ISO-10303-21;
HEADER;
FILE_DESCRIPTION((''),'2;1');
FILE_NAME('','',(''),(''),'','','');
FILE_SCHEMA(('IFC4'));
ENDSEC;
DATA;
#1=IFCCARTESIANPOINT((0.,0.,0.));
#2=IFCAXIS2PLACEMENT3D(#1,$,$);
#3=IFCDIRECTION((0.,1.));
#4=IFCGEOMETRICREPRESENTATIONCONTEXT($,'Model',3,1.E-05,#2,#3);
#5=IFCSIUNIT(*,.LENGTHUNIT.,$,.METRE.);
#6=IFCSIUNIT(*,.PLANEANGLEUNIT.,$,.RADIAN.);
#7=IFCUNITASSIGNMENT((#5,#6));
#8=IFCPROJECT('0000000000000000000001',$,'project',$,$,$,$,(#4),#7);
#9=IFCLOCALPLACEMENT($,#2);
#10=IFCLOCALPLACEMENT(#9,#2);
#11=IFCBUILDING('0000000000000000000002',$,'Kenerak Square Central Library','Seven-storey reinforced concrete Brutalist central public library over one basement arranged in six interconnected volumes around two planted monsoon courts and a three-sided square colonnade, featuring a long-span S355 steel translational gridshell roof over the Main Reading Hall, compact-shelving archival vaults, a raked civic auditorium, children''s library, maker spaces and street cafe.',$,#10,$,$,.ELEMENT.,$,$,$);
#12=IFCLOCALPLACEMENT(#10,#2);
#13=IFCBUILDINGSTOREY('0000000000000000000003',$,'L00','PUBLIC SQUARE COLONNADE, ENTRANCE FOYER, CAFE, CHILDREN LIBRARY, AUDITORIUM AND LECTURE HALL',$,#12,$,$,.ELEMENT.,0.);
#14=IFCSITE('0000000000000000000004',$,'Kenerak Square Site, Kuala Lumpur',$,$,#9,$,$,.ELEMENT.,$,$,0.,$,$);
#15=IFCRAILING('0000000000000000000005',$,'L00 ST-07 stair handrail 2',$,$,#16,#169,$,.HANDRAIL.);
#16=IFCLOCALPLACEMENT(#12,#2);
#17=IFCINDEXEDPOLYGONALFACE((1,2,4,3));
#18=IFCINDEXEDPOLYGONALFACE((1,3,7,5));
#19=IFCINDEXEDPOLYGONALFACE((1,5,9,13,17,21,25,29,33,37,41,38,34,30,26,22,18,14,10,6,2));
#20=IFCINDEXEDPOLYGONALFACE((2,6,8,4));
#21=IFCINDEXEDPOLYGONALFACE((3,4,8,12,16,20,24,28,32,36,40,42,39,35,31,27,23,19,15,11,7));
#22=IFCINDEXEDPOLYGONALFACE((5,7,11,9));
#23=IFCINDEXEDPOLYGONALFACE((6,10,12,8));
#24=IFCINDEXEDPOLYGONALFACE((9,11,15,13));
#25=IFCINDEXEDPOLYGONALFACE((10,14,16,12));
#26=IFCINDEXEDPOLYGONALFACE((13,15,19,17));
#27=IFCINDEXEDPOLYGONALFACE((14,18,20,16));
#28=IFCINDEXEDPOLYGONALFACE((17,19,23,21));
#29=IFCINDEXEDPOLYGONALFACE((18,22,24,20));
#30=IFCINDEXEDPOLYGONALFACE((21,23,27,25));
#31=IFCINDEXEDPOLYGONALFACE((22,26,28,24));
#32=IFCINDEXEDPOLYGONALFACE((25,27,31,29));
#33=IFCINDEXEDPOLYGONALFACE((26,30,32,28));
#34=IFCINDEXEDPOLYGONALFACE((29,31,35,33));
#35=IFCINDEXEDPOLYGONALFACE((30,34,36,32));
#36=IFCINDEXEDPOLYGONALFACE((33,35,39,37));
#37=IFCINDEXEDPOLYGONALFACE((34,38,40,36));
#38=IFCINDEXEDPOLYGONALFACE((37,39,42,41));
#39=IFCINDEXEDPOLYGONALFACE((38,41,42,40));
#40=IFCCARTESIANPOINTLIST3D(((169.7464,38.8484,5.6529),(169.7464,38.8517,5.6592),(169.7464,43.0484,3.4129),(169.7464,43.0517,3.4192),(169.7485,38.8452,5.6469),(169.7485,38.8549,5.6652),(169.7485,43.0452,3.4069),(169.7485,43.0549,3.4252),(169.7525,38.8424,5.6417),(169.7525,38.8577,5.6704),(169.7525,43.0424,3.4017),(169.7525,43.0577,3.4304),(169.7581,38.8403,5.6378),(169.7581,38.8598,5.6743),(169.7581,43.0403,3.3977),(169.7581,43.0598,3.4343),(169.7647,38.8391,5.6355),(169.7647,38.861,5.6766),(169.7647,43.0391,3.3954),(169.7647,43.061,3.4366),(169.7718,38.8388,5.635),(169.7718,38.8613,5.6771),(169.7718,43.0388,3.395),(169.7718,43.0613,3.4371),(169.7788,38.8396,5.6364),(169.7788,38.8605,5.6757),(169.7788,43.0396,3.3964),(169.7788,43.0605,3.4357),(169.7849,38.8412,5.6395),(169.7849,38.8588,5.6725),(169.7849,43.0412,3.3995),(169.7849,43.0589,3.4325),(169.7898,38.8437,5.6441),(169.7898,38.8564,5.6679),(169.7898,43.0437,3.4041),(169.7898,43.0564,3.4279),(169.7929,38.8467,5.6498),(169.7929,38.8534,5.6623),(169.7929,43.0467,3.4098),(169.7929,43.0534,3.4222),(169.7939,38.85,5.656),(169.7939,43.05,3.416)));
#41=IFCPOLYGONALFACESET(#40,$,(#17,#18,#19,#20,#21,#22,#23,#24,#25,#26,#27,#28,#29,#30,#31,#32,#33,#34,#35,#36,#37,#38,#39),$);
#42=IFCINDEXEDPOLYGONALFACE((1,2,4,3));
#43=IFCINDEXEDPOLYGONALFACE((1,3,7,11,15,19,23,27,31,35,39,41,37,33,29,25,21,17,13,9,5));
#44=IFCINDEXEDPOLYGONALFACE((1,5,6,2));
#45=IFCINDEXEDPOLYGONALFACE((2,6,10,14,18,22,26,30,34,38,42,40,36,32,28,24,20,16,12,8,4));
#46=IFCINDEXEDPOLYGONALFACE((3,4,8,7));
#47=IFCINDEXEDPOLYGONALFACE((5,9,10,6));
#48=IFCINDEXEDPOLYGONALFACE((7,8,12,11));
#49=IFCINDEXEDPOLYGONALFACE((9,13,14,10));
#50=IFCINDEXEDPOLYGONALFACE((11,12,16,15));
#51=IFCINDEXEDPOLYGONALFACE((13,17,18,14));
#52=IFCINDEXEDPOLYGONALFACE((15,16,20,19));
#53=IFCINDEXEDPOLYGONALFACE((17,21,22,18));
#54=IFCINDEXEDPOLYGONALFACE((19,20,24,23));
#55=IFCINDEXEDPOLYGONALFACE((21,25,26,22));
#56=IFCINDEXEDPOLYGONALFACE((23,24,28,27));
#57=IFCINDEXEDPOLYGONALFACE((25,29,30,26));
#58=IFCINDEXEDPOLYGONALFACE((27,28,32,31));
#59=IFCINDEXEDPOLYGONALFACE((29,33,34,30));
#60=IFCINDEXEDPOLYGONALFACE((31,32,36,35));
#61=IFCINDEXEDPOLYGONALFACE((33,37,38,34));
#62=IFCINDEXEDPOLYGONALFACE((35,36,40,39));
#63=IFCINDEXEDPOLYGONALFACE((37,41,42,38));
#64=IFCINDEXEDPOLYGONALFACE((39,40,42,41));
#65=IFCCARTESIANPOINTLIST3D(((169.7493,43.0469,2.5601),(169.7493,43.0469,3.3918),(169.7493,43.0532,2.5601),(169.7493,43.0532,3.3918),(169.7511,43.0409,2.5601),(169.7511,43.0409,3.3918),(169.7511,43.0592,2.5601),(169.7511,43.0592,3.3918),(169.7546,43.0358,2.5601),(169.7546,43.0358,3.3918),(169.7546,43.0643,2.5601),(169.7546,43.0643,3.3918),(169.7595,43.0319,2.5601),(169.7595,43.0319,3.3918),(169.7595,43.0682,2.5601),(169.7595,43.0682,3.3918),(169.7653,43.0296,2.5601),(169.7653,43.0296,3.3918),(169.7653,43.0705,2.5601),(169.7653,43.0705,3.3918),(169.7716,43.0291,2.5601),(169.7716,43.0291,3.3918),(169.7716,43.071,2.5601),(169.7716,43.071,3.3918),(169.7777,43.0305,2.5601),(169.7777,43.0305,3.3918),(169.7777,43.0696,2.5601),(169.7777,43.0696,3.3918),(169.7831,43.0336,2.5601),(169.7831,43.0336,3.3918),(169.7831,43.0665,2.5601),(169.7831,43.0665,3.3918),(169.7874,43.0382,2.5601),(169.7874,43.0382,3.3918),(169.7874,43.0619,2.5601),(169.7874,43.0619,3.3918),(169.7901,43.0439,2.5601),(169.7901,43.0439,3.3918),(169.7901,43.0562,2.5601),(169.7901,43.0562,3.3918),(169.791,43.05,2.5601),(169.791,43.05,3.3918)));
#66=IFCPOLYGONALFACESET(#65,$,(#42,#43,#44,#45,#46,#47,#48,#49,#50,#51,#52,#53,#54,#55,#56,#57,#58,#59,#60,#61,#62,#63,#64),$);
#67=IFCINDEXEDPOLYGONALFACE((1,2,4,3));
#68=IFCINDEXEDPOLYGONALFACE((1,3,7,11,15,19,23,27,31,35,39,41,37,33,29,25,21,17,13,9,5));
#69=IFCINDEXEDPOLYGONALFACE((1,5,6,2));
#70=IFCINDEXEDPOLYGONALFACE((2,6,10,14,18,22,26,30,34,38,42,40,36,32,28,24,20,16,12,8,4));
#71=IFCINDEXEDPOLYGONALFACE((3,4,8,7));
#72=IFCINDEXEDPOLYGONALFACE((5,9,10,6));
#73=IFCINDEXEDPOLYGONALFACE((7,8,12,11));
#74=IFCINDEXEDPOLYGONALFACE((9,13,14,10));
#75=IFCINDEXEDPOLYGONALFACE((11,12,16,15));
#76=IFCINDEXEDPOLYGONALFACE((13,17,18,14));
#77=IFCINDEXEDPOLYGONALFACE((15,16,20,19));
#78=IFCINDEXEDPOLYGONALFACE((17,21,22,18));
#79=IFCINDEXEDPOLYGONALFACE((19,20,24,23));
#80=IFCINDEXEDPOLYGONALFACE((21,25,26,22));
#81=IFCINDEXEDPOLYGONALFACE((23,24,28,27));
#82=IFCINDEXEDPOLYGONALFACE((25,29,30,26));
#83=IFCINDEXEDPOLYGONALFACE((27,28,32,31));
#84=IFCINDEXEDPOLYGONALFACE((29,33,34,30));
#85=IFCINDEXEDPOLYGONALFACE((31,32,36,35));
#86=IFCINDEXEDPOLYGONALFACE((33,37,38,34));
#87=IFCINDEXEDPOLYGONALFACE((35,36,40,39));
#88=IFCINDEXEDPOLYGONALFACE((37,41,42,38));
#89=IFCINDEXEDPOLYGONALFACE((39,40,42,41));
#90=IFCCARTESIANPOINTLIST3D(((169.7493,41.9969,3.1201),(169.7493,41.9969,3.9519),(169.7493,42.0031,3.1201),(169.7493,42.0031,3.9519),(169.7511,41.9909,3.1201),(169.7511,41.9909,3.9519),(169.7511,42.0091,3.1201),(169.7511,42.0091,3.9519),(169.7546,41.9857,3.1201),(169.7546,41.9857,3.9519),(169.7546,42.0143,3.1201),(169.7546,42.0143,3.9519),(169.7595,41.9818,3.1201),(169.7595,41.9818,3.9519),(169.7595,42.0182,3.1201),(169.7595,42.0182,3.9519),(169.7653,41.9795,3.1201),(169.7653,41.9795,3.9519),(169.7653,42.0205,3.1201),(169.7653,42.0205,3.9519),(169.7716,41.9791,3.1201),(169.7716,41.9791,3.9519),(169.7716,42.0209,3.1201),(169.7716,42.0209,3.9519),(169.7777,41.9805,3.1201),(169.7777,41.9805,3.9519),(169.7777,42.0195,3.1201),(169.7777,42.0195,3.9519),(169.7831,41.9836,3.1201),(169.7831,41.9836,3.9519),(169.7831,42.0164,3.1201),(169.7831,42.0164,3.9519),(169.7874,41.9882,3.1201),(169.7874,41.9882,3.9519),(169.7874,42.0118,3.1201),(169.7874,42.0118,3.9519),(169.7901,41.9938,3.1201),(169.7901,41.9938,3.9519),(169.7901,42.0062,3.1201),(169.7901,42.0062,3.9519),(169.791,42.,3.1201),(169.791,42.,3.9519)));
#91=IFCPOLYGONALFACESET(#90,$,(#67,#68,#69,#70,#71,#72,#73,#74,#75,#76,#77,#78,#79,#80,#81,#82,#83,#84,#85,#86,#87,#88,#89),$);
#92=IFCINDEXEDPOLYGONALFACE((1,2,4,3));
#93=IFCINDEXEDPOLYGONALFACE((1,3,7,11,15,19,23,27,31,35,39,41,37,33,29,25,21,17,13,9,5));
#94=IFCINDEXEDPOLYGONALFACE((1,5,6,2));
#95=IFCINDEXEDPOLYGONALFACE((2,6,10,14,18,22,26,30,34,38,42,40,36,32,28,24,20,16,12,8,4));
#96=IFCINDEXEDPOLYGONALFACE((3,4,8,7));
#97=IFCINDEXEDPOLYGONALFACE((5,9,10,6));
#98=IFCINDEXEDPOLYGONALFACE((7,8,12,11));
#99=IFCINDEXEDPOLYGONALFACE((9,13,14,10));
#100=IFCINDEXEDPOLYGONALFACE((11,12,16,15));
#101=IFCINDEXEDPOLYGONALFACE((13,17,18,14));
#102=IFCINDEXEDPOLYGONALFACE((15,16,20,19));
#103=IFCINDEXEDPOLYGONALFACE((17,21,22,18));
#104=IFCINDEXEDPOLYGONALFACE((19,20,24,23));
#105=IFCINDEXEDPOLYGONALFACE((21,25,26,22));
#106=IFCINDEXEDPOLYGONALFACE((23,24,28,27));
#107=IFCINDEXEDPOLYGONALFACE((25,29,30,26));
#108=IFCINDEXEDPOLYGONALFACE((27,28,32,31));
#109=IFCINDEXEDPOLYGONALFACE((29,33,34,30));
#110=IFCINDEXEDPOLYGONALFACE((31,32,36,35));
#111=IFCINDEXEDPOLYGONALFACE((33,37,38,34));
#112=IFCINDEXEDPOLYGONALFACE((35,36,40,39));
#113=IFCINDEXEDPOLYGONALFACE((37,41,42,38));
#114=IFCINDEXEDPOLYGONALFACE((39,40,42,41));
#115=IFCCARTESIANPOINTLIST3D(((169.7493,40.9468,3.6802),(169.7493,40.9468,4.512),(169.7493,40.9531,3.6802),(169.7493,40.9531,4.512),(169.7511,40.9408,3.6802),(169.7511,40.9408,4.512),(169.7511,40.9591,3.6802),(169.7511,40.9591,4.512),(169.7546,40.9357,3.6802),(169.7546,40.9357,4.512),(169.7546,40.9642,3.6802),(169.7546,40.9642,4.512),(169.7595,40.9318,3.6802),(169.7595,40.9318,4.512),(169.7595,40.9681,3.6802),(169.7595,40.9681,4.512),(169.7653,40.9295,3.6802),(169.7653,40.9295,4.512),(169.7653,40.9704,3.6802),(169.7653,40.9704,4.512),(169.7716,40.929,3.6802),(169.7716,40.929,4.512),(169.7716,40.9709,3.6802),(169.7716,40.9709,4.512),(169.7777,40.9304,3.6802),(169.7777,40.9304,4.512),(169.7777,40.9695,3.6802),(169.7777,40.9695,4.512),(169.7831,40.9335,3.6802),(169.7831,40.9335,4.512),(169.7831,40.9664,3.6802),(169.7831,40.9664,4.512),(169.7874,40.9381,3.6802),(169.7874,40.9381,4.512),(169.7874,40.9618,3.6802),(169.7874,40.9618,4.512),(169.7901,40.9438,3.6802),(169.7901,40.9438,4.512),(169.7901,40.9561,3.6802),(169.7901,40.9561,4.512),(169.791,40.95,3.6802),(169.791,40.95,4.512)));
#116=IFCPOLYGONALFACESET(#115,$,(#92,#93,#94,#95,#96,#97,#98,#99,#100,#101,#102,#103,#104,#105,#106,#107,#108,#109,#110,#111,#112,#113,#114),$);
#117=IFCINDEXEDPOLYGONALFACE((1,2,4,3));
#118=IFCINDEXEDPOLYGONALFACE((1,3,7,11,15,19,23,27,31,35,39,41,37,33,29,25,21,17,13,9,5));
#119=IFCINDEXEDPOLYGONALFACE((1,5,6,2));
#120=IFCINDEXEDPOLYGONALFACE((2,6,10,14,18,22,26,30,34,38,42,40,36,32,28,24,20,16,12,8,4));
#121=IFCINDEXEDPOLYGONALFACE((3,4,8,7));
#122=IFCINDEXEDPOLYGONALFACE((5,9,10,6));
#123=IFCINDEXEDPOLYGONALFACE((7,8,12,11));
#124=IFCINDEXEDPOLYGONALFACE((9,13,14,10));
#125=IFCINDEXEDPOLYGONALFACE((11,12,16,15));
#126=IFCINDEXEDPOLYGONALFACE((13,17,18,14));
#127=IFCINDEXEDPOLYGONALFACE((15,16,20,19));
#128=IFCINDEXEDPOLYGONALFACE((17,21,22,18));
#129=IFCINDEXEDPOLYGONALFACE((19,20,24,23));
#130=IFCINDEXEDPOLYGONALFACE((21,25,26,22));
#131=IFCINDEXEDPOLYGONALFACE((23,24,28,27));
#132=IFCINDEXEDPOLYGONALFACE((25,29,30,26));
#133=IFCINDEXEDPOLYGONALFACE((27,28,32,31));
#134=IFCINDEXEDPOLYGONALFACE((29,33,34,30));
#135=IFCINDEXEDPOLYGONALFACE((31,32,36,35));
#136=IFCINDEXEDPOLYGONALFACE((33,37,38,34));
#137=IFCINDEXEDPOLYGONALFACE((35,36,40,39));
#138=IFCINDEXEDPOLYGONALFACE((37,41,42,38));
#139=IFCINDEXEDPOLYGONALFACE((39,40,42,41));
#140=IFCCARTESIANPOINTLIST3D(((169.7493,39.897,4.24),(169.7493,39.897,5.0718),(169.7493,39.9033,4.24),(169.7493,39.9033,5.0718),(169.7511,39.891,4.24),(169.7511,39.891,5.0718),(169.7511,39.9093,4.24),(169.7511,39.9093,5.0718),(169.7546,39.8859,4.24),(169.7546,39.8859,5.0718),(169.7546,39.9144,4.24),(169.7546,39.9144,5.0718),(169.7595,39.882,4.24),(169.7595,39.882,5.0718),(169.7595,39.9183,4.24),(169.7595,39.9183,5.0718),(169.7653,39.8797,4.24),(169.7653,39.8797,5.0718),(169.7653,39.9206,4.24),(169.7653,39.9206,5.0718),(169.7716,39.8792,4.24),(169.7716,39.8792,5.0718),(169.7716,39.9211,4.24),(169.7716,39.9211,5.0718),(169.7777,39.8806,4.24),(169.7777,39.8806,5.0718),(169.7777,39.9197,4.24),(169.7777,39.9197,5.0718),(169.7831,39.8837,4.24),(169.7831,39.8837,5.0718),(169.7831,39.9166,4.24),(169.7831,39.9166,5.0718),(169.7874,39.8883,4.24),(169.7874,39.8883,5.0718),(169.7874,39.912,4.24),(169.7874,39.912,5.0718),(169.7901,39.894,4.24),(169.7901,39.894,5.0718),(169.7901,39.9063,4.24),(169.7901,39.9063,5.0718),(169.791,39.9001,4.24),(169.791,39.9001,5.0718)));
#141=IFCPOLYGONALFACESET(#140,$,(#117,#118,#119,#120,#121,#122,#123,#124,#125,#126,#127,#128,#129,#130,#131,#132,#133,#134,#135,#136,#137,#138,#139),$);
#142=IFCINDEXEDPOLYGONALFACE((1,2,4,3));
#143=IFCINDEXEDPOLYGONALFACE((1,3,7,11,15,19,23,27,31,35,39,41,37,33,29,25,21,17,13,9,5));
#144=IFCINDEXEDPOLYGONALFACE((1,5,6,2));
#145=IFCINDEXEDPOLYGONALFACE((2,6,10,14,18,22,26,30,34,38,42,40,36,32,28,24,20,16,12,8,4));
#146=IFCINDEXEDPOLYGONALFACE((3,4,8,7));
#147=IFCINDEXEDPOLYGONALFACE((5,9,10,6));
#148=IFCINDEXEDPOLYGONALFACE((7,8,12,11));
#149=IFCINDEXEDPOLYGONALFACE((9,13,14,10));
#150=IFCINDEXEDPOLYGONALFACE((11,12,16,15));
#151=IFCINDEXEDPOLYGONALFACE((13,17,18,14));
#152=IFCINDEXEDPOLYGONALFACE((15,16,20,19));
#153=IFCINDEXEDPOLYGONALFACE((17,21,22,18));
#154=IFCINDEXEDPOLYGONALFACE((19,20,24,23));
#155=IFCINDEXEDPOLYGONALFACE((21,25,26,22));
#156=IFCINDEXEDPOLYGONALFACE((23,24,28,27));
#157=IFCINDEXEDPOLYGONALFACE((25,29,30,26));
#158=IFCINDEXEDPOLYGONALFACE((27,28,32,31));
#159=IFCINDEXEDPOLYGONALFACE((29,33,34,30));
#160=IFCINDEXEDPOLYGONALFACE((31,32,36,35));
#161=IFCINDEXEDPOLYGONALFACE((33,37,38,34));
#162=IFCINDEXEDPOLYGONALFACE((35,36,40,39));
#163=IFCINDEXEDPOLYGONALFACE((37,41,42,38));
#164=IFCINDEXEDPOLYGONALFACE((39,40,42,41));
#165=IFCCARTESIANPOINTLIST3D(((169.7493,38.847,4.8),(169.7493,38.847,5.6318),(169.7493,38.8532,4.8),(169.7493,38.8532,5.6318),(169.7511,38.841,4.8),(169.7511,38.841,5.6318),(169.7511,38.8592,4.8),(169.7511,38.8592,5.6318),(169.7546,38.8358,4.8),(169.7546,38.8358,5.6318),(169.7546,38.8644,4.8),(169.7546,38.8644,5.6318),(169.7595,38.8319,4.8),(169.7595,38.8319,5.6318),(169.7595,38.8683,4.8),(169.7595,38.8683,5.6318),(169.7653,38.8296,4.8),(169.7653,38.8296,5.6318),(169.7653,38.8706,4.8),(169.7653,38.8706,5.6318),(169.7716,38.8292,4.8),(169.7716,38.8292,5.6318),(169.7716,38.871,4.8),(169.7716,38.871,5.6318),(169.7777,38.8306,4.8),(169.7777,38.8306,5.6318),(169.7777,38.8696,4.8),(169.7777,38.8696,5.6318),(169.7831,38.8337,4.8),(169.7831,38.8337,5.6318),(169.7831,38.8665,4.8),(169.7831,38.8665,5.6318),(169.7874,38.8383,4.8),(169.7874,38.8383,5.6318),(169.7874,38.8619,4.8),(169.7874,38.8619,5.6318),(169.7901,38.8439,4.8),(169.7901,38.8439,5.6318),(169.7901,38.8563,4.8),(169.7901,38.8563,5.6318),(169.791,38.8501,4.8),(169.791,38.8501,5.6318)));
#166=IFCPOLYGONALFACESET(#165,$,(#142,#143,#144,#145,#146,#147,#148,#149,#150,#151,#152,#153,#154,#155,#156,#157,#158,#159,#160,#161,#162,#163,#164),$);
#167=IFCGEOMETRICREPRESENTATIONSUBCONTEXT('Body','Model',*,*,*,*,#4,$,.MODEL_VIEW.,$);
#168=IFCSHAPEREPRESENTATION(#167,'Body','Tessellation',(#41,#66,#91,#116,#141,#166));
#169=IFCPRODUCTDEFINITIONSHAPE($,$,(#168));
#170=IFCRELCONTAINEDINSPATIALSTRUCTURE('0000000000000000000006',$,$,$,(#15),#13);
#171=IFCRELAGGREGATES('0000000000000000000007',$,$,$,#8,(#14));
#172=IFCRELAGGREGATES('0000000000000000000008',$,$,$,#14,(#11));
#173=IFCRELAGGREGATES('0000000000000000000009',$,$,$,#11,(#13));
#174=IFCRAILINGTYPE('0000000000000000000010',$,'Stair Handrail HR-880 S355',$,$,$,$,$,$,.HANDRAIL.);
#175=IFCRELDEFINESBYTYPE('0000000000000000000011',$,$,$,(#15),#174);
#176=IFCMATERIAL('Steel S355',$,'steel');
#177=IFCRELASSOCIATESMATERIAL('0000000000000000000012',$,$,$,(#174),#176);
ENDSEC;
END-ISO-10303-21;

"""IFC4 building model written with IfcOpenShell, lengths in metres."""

from ifc_helpers import new_model, si_unit, direction, frame, origin, origin_2d, place, context, subcontext, project, spatial, circle, extrude, material, type_object, element, save


model = new_model("IFC4")

# Units and contexts
model_context = context("Model", 3, precision=1e-05, world=origin(), true_north=direction((0.0, 1.0)))
body_context = subcontext(model_context, "Body", "Model", "MODEL_VIEW")
ifc_project = project(units=[si_unit("LENGTHUNIT", "METRE"), si_unit("PLANEANGLEUNIT", "RADIAN")], contexts=[model_context])

# Site, building, storey
site_placement = place(None, origin())
site = spatial("IfcSite", under=ifc_project, at=site_placement, Name="Kenerak Square Site, Kuala Lumpur", CompositionType="ELEMENT", RefElevation=0.0)
building_placement = place(site_placement, origin())
building = spatial("IfcBuilding", under=site, at=building_placement, Name="Kenerak Square Central Library", Description="Seven-storey reinforced concrete Brutalist central public library over one basement arranged in six interconnected volumes around two planted monsoon courts and a three-sided square colonnade, featuring a long-span S355 steel translational gridshell roof over the Main Reading Hall, compact-shelving archival vaults, a raked civic auditorium, children's library, maker spaces and street cafe.", CompositionType="ELEMENT")
storey_placement = place(building_placement, origin())
storey = spatial("IfcBuildingStorey", under=building, at=storey_placement, Name="L00", Description="PUBLIC SQUARE COLONNADE, ENTRANCE FOYER, CAFE, CHILDREN LIBRARY, AUDITORIUM AND LECTURE HALL", CompositionType="ELEMENT", Elevation=0.0)

# Railing
ifc_material_1 = material(Name="Steel S355", Category="steel")
railing_type_1 = type_object("IfcRailingType", Name="Stair Handrail HR-880 S355", PredefinedType="HANDRAIL", material=ifc_material_1)
railing_1_placement = place(storey_placement, frame((169.77, 43.05, 2.5601)))
element("IfcRailing", 1, at=railing_1_placement, inside=storey, type_object=railing_type_1, Name="L00 ST-07 stair handrail 2", PredefinedType="HANDRAIL", context=body_context, shape_type="SweptSolid", body=[
    extrude(circle(Radius=0.0239, at=origin_2d()), frame((0.0, 0.0, 0.856), z_axis=(0.0, -0.882352, 0.470591), x_axis=(1.0, 0.0, 0.0)), (0.0, 0.0, 1.0), 4.76),
    extrude(circle(Radius=0.021, at=origin_2d()), origin(), (0.0, 0.0, 1.0), 0.8318),
    extrude(circle(Radius=0.021, at=origin_2d()), frame((0.0, -1.05, 0.5601)), (0.0, 0.0, 1.0), 0.8318),
    extrude(circle(Radius=0.021, at=origin_2d()), frame((0.0, -2.1001, 1.1201)), (0.0, 0.0, 1.0), 0.8318),
    extrude(circle(Radius=0.021, at=origin_2d()), frame((0.0, -3.1499, 1.6799)), (0.0, 0.0, 1.0), 0.8318),
    extrude(circle(Radius=0.021, at=origin_2d()), frame((0.0, -4.2, 2.24)), (0.0, 0.0, 1.0), 0.8318),
])

save(model, "model.ifc")
